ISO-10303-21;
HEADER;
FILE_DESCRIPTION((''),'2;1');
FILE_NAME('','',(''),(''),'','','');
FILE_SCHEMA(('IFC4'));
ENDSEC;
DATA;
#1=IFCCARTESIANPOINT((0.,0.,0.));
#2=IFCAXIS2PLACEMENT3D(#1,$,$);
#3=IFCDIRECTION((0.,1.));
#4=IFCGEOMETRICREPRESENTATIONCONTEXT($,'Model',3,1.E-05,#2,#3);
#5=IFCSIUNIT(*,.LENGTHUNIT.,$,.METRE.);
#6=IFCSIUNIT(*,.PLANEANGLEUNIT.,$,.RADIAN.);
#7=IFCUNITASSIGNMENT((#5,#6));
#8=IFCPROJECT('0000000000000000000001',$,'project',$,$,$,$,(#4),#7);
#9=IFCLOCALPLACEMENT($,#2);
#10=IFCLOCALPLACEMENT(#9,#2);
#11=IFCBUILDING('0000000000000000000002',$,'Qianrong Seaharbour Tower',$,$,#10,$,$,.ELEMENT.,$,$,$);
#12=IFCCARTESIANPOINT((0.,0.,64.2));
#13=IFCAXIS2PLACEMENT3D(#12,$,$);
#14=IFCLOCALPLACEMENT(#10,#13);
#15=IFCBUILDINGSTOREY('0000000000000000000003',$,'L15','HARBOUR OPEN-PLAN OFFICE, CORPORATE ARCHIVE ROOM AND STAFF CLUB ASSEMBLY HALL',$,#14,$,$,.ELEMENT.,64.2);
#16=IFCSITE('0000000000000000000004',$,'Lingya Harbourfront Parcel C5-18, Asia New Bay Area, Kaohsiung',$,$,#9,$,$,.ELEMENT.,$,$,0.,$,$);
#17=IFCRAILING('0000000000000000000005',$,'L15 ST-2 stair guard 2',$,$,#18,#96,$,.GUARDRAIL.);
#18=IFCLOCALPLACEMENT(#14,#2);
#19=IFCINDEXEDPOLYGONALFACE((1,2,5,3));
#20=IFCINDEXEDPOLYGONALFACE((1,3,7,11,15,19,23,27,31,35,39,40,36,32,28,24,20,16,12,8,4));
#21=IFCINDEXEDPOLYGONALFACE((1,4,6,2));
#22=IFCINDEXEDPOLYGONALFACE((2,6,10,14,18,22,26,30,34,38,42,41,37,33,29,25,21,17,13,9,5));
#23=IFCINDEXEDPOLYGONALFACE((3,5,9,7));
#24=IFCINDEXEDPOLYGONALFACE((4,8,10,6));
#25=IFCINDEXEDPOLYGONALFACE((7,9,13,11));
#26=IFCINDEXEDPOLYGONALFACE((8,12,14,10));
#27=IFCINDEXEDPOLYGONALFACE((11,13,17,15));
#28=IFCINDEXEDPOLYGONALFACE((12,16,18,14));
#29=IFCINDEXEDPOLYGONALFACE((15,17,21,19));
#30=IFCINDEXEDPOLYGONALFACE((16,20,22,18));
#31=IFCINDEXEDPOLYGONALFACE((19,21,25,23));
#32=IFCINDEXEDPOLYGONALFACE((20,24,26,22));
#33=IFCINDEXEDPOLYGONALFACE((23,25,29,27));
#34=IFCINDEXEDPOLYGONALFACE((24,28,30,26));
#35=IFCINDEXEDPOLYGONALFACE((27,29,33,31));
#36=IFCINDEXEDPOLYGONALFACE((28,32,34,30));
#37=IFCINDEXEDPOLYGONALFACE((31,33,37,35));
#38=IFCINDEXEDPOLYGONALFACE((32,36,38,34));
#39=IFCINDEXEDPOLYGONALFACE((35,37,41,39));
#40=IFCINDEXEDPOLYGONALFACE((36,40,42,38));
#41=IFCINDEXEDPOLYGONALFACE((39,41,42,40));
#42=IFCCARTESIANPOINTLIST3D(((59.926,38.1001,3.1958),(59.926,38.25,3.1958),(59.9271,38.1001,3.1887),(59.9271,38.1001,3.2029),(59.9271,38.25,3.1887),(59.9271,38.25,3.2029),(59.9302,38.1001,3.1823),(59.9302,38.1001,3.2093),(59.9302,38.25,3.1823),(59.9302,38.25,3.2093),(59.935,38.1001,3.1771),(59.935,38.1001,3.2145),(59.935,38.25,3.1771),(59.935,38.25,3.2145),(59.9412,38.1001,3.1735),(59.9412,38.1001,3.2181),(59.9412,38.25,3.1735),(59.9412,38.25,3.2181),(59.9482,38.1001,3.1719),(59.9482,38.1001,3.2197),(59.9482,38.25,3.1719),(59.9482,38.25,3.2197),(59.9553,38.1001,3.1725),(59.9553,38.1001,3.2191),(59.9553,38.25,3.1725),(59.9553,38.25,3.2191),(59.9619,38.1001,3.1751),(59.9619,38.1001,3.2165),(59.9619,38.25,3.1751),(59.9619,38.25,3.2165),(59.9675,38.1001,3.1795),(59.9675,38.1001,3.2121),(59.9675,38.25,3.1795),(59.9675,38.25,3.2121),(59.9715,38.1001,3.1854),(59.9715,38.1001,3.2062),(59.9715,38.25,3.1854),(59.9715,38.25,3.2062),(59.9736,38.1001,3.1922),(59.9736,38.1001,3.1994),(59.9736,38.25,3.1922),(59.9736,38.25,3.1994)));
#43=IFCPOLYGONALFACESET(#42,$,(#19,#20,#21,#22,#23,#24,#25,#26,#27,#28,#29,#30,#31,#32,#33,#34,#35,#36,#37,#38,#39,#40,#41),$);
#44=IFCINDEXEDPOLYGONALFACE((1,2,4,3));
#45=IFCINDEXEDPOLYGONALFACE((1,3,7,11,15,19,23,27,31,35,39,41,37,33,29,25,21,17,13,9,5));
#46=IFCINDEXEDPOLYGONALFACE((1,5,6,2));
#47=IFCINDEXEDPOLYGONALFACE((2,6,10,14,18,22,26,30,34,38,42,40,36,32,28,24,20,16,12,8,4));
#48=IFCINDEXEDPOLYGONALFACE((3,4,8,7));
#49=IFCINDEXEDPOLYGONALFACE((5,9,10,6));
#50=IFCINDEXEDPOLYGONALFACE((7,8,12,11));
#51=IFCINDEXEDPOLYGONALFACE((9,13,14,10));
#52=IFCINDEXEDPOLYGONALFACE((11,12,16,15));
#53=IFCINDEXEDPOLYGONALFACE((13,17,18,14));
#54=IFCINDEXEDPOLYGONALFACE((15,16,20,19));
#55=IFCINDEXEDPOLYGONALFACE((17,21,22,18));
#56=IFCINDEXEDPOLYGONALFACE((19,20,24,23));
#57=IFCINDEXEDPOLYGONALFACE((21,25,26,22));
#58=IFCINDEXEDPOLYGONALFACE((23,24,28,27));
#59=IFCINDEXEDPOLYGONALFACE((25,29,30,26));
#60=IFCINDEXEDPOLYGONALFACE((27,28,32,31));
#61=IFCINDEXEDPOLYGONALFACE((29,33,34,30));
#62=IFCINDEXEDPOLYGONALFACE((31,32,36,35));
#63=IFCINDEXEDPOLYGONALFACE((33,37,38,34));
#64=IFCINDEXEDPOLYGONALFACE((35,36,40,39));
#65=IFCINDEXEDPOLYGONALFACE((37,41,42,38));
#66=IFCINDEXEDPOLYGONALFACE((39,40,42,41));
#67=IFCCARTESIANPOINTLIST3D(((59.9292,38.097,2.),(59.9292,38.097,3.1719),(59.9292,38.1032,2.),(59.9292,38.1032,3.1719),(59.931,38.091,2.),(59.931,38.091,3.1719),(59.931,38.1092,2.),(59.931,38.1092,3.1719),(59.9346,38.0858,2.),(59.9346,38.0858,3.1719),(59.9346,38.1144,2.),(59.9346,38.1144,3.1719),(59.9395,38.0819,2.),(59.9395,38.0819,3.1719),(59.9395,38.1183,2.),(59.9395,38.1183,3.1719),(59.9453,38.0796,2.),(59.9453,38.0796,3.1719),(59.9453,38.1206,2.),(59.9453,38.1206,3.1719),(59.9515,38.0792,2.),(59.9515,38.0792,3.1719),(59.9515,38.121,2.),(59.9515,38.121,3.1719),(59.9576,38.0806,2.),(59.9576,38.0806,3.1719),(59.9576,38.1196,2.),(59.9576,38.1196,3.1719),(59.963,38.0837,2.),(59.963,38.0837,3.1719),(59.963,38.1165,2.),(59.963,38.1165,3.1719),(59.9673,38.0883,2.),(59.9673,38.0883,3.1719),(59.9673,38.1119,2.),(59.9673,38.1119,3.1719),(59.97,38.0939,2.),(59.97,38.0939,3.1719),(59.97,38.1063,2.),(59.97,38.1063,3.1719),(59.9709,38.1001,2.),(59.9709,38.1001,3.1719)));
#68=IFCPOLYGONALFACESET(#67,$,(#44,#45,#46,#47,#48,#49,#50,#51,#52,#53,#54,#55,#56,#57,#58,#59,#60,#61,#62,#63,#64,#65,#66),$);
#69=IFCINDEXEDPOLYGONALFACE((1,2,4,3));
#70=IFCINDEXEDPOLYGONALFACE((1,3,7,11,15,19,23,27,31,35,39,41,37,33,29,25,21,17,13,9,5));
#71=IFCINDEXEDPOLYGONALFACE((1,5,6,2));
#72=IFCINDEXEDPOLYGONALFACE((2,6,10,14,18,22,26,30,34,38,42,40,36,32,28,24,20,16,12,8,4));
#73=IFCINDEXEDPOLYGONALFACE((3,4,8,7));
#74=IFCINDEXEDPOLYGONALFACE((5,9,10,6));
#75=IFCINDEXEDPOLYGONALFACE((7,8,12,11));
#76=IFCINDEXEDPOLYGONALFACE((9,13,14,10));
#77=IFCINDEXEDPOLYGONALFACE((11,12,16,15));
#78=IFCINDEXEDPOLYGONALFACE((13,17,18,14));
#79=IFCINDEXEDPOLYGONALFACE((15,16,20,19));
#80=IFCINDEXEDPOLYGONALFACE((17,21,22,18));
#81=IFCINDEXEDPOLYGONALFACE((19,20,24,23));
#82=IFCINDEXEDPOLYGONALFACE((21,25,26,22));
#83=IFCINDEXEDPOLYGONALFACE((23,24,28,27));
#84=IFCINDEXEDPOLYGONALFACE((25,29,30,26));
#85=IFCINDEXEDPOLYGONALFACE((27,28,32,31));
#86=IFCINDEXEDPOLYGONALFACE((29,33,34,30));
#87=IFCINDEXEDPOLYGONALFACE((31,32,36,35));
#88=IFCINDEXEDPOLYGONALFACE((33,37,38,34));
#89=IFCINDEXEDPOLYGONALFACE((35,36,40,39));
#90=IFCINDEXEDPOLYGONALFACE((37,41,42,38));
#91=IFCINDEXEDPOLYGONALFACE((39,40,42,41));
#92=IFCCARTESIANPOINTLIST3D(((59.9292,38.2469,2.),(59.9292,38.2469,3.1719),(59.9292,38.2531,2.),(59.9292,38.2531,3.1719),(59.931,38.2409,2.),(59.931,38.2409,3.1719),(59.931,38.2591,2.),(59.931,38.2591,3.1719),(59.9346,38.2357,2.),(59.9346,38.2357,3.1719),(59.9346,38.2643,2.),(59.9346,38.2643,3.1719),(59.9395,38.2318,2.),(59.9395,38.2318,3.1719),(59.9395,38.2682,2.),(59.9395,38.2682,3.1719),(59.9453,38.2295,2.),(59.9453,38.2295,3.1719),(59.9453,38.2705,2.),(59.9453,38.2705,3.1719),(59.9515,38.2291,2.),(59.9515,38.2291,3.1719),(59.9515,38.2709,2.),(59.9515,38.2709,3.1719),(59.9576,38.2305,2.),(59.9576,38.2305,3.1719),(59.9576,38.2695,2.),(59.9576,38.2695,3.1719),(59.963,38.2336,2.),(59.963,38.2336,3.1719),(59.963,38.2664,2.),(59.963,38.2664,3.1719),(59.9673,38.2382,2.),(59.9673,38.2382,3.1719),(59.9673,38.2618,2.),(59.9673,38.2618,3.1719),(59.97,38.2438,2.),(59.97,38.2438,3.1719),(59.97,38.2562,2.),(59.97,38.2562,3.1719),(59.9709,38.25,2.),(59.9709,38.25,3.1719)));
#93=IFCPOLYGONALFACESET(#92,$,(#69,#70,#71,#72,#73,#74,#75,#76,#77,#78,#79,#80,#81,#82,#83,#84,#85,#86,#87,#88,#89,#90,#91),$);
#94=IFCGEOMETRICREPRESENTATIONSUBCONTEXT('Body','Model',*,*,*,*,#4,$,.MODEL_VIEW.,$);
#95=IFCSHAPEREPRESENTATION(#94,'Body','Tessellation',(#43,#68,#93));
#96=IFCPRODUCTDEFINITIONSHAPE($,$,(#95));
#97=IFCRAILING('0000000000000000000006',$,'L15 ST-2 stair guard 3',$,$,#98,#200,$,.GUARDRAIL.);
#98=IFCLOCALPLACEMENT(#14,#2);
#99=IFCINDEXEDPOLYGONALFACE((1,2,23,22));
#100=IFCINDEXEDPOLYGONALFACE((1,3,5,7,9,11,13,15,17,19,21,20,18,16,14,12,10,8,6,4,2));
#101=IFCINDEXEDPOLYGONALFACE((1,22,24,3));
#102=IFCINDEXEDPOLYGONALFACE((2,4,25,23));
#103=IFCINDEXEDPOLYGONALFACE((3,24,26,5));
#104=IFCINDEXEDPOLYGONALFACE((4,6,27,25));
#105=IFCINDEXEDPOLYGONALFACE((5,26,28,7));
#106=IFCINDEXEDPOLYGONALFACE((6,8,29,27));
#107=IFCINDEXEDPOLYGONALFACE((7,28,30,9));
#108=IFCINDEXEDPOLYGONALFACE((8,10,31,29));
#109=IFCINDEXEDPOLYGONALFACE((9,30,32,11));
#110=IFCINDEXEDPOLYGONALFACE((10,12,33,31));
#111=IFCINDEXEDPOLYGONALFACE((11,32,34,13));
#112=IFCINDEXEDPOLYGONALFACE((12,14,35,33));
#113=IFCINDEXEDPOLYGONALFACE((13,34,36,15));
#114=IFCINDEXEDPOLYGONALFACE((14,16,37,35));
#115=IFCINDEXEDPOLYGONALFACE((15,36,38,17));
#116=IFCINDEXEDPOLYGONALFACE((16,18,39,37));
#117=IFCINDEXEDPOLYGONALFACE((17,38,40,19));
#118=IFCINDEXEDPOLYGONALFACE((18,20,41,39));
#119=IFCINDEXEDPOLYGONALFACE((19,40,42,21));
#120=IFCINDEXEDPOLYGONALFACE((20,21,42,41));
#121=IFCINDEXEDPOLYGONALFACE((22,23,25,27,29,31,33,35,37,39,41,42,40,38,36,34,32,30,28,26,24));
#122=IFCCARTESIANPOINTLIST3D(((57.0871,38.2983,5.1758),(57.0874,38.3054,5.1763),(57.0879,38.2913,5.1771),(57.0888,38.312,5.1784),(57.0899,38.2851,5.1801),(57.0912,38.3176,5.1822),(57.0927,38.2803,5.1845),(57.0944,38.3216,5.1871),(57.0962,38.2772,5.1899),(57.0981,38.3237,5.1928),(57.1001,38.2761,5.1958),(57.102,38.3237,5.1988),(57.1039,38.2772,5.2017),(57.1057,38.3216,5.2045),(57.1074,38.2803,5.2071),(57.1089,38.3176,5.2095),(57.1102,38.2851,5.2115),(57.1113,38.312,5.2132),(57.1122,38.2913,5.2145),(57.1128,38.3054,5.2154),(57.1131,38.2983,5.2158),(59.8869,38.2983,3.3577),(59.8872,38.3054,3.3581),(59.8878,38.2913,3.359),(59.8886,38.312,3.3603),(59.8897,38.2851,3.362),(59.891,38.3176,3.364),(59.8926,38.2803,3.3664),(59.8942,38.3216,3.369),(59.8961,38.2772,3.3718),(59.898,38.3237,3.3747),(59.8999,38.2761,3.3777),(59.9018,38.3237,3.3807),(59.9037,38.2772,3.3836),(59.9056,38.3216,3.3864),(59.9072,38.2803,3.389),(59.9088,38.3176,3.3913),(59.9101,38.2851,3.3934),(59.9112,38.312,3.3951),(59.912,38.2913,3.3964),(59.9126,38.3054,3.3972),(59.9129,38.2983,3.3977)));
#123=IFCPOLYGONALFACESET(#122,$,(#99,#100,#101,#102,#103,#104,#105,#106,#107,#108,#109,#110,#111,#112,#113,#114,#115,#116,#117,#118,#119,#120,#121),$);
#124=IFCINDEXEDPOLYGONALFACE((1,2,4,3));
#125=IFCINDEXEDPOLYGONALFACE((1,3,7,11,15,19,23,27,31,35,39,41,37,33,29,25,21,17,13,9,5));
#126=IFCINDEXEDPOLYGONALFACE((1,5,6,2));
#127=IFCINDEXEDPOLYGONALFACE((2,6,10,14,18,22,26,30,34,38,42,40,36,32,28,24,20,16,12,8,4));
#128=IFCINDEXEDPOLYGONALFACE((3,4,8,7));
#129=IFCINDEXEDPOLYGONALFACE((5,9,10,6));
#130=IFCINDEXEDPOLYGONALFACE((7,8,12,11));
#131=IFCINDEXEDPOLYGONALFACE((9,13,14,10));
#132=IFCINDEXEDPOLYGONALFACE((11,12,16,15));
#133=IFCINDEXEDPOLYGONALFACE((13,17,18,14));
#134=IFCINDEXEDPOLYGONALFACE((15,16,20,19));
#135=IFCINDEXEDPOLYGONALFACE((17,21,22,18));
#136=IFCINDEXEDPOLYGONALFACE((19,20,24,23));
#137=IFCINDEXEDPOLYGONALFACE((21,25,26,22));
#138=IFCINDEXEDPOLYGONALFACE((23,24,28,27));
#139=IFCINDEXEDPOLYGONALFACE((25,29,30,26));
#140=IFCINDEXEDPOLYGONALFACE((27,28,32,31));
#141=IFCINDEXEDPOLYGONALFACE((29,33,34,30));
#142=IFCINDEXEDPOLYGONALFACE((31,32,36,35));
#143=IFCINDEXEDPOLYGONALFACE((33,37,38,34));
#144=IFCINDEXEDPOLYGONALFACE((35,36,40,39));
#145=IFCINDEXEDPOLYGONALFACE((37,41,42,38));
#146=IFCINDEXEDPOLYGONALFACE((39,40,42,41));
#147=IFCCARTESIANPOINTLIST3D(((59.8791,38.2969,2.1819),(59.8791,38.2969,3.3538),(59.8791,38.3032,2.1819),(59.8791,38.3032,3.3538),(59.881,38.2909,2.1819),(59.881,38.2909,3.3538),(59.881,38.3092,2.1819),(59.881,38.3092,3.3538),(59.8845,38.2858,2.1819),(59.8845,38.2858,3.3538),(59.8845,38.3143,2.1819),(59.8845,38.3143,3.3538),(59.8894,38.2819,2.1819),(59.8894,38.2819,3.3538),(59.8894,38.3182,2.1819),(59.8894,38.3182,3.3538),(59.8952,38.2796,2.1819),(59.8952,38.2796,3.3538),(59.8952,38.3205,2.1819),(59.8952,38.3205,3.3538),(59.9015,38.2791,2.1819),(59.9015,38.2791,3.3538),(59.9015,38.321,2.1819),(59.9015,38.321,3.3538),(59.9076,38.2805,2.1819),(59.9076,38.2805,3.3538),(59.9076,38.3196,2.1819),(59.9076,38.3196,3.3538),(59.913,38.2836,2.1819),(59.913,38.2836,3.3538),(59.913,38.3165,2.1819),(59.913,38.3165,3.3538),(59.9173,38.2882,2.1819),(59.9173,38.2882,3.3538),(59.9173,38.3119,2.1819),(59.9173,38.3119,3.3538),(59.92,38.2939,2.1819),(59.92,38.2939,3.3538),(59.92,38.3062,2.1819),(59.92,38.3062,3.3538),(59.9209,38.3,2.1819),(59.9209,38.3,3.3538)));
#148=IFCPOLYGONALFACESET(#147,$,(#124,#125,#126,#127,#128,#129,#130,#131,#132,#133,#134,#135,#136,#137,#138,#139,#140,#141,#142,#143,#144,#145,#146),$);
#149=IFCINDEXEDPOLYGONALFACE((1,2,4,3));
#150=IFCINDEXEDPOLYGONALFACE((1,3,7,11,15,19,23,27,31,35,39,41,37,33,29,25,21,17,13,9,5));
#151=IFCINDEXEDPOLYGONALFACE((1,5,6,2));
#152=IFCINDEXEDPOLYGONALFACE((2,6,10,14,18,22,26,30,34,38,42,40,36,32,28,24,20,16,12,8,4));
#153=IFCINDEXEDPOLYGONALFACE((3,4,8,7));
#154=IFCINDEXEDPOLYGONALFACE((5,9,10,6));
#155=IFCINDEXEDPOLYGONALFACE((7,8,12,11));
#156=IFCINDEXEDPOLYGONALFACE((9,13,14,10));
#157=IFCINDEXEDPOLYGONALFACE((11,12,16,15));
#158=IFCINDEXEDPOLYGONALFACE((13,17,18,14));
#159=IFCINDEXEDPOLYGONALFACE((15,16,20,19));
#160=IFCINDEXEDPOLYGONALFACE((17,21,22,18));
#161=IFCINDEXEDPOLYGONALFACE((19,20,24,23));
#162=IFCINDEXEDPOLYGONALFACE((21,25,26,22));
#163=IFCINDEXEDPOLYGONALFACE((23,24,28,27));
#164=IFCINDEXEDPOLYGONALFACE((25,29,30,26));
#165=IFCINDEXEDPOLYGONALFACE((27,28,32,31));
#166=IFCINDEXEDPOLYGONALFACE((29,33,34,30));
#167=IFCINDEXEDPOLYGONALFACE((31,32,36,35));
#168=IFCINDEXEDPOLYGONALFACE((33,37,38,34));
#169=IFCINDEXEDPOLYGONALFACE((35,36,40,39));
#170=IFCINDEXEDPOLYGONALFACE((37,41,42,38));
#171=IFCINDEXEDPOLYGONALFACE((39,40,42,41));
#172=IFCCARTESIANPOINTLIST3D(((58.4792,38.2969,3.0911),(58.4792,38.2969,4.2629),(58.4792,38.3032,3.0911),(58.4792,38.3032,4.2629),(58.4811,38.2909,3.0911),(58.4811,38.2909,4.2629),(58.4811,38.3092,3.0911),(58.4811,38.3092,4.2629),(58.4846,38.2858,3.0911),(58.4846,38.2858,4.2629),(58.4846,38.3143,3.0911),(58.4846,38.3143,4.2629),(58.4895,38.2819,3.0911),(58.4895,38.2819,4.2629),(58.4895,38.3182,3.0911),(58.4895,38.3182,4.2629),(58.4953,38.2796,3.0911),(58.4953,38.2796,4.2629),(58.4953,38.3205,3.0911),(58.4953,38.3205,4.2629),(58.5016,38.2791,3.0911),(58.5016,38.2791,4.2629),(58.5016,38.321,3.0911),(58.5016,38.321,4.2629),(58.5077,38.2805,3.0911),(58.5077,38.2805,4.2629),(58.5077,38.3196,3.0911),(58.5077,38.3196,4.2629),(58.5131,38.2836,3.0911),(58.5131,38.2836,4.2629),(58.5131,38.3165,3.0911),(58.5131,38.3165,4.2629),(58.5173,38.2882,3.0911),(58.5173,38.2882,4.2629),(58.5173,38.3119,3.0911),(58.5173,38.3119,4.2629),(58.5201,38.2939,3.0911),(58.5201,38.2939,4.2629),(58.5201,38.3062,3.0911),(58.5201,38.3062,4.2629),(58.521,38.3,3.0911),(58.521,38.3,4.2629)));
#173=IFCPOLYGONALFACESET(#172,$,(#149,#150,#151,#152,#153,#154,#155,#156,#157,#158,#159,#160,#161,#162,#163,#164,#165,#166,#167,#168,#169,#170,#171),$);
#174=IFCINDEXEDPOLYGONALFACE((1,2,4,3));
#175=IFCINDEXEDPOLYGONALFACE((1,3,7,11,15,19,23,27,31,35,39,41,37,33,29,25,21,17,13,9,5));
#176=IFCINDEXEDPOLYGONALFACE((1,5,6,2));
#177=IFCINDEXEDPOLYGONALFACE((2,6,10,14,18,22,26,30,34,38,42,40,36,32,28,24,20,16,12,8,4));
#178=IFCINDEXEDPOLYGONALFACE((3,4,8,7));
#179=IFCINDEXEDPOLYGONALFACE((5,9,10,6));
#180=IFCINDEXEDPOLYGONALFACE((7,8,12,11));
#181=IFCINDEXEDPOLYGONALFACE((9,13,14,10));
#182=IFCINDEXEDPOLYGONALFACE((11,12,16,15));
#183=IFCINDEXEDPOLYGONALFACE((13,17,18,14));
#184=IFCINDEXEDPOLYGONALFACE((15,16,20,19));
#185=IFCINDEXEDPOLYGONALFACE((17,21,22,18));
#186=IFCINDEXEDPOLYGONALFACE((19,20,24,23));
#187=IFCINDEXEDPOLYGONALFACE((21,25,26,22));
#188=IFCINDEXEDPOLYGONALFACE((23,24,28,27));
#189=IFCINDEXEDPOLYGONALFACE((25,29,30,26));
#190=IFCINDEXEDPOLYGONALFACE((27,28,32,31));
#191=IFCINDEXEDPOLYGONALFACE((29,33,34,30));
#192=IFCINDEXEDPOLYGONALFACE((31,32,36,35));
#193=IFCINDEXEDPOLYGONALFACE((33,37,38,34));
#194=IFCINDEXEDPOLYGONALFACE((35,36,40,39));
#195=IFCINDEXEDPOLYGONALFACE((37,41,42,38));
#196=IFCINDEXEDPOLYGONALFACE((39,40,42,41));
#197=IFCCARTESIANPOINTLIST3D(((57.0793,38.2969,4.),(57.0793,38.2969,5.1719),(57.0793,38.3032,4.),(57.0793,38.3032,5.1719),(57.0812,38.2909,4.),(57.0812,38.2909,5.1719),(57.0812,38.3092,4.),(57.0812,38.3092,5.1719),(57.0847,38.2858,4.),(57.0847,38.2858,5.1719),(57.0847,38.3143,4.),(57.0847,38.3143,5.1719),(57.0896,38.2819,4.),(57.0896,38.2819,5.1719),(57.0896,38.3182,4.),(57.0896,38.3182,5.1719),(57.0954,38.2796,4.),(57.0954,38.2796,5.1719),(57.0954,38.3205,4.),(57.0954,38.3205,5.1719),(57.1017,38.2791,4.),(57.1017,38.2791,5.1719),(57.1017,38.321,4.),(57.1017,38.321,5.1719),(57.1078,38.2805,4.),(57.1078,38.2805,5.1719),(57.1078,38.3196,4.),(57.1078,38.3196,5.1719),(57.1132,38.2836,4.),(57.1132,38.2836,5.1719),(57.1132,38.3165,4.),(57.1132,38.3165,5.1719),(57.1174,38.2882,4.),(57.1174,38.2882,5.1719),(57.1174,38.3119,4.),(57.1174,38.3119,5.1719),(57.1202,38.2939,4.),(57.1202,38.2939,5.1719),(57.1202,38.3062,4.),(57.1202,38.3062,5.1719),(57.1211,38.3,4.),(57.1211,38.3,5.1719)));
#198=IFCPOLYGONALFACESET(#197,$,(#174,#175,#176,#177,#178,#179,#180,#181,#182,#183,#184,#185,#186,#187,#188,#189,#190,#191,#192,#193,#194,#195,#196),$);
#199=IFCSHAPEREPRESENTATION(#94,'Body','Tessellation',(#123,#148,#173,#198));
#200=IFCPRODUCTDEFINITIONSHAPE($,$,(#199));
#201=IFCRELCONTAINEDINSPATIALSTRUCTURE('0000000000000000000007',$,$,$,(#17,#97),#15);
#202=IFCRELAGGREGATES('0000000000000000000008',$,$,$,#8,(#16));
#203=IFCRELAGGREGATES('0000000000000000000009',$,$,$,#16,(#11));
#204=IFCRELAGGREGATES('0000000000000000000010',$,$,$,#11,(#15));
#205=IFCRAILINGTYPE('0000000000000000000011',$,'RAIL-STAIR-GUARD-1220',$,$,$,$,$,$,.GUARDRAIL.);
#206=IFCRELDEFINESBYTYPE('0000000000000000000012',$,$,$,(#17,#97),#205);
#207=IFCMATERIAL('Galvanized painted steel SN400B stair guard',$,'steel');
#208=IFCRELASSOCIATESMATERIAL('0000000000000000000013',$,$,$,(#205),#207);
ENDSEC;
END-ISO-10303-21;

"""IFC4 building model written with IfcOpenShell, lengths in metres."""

from ifc_helpers import new_model, si_unit, direction, frame, origin, origin_2d, place, context, subcontext, project, spatial, circle, extrude, material, type_object, element, save


model = new_model("IFC4")

# Units and contexts
model_context = context("Model", 3, precision=1e-05, world=origin(), true_north=direction((0.0, 1.0)))
body_context = subcontext(model_context, "Body", "Model", "MODEL_VIEW")
ifc_project = project(units=[si_unit("LENGTHUNIT", "METRE"), si_unit("PLANEANGLEUNIT", "RADIAN")], contexts=[model_context])

# Site, building, storey
site_placement = place(None, origin())
site = spatial("IfcSite", under=ifc_project, at=site_placement, Name="Lingya Harbourfront Parcel C5-18, Asia New Bay Area, Kaohsiung", CompositionType="ELEMENT", RefElevation=0.0)
building_placement = place(site_placement, origin())
building = spatial("IfcBuilding", under=site, at=building_placement, Name="Qianrong Seaharbour Tower", CompositionType="ELEMENT")
storey_placement = place(building_placement, frame((0.0, 0.0, 64.2)))
storey = spatial("IfcBuildingStorey", under=building, at=storey_placement, Name="L15", Description="HARBOUR OPEN-PLAN OFFICE, CORPORATE ARCHIVE ROOM AND STAFF CLUB ASSEMBLY HALL", CompositionType="ELEMENT", Elevation=64.2)

# Railings
ifc_material_1 = material(Name="Galvanized painted steel SN400B stair guard", Category="steel")
railing_type_1 = type_object("IfcRailingType", Name="RAIL-STAIR-GUARD-1220", PredefinedType="GUARDRAIL", material=ifc_material_1)
railing_1_placement = place(storey_placement, frame((59.95, 38.1001, 2.0)))
element("IfcRailing", 1, at=railing_1_placement, inside=storey, type_object=railing_type_1, Name="L15 ST-2 stair guard 2", PredefinedType="GUARDRAIL", context=body_context, shape_type="SweptSolid", body=[
    extrude(circle(Radius=0.0239, at=origin_2d()), frame((0.0, 0.0, 1.1958), z_axis=(0.0, 1.0, 0.0), x_axis=(-1.0, 0.0, 0.0)), (0.0, 0.0, 1.0), 0.1499),
    extrude(circle(Radius=0.021, at=origin_2d()), origin(), (0.0, 0.0, 1.0), 1.1719),
    extrude(circle(Radius=0.021, at=origin_2d()), frame((0.0, 0.1499, 0.0)), (0.0, 0.0, 1.0), 1.1719),
])
railing_2_placement = place(storey_placement, frame((59.8999, 38.3, 2.1819)))
element("IfcRailing", 2, at=railing_2_placement, inside=storey, type_object=railing_type_1, Name="L15 ST-2 stair guard 3", PredefinedType="GUARDRAIL", context=body_context, shape_type="SweptSolid", body=[
    extrude(circle(Radius=0.0239, at=origin_2d()), frame((0.0, 0.0, 1.1958), z_axis=(-0.838684, 0.0, 0.544618), x_axis=(0.0, -1.0, 0.0)), (0.0, 0.0, 1.0), 3.3384),
    extrude(circle(Radius=0.021, at=origin_2d()), origin(), (0.0, 0.0, 1.0), 1.1719),
    extrude(circle(Radius=0.021, at=origin_2d()), frame((-1.3999, 0.0, 0.9092)), (0.0, 0.0, 1.0), 1.1719),
    extrude(circle(Radius=0.021, at=origin_2d()), frame((-2.7998, 0.0, 1.8181)), (0.0, 0.0, 1.0), 1.1719),
])

save(model, "model.ifc")
